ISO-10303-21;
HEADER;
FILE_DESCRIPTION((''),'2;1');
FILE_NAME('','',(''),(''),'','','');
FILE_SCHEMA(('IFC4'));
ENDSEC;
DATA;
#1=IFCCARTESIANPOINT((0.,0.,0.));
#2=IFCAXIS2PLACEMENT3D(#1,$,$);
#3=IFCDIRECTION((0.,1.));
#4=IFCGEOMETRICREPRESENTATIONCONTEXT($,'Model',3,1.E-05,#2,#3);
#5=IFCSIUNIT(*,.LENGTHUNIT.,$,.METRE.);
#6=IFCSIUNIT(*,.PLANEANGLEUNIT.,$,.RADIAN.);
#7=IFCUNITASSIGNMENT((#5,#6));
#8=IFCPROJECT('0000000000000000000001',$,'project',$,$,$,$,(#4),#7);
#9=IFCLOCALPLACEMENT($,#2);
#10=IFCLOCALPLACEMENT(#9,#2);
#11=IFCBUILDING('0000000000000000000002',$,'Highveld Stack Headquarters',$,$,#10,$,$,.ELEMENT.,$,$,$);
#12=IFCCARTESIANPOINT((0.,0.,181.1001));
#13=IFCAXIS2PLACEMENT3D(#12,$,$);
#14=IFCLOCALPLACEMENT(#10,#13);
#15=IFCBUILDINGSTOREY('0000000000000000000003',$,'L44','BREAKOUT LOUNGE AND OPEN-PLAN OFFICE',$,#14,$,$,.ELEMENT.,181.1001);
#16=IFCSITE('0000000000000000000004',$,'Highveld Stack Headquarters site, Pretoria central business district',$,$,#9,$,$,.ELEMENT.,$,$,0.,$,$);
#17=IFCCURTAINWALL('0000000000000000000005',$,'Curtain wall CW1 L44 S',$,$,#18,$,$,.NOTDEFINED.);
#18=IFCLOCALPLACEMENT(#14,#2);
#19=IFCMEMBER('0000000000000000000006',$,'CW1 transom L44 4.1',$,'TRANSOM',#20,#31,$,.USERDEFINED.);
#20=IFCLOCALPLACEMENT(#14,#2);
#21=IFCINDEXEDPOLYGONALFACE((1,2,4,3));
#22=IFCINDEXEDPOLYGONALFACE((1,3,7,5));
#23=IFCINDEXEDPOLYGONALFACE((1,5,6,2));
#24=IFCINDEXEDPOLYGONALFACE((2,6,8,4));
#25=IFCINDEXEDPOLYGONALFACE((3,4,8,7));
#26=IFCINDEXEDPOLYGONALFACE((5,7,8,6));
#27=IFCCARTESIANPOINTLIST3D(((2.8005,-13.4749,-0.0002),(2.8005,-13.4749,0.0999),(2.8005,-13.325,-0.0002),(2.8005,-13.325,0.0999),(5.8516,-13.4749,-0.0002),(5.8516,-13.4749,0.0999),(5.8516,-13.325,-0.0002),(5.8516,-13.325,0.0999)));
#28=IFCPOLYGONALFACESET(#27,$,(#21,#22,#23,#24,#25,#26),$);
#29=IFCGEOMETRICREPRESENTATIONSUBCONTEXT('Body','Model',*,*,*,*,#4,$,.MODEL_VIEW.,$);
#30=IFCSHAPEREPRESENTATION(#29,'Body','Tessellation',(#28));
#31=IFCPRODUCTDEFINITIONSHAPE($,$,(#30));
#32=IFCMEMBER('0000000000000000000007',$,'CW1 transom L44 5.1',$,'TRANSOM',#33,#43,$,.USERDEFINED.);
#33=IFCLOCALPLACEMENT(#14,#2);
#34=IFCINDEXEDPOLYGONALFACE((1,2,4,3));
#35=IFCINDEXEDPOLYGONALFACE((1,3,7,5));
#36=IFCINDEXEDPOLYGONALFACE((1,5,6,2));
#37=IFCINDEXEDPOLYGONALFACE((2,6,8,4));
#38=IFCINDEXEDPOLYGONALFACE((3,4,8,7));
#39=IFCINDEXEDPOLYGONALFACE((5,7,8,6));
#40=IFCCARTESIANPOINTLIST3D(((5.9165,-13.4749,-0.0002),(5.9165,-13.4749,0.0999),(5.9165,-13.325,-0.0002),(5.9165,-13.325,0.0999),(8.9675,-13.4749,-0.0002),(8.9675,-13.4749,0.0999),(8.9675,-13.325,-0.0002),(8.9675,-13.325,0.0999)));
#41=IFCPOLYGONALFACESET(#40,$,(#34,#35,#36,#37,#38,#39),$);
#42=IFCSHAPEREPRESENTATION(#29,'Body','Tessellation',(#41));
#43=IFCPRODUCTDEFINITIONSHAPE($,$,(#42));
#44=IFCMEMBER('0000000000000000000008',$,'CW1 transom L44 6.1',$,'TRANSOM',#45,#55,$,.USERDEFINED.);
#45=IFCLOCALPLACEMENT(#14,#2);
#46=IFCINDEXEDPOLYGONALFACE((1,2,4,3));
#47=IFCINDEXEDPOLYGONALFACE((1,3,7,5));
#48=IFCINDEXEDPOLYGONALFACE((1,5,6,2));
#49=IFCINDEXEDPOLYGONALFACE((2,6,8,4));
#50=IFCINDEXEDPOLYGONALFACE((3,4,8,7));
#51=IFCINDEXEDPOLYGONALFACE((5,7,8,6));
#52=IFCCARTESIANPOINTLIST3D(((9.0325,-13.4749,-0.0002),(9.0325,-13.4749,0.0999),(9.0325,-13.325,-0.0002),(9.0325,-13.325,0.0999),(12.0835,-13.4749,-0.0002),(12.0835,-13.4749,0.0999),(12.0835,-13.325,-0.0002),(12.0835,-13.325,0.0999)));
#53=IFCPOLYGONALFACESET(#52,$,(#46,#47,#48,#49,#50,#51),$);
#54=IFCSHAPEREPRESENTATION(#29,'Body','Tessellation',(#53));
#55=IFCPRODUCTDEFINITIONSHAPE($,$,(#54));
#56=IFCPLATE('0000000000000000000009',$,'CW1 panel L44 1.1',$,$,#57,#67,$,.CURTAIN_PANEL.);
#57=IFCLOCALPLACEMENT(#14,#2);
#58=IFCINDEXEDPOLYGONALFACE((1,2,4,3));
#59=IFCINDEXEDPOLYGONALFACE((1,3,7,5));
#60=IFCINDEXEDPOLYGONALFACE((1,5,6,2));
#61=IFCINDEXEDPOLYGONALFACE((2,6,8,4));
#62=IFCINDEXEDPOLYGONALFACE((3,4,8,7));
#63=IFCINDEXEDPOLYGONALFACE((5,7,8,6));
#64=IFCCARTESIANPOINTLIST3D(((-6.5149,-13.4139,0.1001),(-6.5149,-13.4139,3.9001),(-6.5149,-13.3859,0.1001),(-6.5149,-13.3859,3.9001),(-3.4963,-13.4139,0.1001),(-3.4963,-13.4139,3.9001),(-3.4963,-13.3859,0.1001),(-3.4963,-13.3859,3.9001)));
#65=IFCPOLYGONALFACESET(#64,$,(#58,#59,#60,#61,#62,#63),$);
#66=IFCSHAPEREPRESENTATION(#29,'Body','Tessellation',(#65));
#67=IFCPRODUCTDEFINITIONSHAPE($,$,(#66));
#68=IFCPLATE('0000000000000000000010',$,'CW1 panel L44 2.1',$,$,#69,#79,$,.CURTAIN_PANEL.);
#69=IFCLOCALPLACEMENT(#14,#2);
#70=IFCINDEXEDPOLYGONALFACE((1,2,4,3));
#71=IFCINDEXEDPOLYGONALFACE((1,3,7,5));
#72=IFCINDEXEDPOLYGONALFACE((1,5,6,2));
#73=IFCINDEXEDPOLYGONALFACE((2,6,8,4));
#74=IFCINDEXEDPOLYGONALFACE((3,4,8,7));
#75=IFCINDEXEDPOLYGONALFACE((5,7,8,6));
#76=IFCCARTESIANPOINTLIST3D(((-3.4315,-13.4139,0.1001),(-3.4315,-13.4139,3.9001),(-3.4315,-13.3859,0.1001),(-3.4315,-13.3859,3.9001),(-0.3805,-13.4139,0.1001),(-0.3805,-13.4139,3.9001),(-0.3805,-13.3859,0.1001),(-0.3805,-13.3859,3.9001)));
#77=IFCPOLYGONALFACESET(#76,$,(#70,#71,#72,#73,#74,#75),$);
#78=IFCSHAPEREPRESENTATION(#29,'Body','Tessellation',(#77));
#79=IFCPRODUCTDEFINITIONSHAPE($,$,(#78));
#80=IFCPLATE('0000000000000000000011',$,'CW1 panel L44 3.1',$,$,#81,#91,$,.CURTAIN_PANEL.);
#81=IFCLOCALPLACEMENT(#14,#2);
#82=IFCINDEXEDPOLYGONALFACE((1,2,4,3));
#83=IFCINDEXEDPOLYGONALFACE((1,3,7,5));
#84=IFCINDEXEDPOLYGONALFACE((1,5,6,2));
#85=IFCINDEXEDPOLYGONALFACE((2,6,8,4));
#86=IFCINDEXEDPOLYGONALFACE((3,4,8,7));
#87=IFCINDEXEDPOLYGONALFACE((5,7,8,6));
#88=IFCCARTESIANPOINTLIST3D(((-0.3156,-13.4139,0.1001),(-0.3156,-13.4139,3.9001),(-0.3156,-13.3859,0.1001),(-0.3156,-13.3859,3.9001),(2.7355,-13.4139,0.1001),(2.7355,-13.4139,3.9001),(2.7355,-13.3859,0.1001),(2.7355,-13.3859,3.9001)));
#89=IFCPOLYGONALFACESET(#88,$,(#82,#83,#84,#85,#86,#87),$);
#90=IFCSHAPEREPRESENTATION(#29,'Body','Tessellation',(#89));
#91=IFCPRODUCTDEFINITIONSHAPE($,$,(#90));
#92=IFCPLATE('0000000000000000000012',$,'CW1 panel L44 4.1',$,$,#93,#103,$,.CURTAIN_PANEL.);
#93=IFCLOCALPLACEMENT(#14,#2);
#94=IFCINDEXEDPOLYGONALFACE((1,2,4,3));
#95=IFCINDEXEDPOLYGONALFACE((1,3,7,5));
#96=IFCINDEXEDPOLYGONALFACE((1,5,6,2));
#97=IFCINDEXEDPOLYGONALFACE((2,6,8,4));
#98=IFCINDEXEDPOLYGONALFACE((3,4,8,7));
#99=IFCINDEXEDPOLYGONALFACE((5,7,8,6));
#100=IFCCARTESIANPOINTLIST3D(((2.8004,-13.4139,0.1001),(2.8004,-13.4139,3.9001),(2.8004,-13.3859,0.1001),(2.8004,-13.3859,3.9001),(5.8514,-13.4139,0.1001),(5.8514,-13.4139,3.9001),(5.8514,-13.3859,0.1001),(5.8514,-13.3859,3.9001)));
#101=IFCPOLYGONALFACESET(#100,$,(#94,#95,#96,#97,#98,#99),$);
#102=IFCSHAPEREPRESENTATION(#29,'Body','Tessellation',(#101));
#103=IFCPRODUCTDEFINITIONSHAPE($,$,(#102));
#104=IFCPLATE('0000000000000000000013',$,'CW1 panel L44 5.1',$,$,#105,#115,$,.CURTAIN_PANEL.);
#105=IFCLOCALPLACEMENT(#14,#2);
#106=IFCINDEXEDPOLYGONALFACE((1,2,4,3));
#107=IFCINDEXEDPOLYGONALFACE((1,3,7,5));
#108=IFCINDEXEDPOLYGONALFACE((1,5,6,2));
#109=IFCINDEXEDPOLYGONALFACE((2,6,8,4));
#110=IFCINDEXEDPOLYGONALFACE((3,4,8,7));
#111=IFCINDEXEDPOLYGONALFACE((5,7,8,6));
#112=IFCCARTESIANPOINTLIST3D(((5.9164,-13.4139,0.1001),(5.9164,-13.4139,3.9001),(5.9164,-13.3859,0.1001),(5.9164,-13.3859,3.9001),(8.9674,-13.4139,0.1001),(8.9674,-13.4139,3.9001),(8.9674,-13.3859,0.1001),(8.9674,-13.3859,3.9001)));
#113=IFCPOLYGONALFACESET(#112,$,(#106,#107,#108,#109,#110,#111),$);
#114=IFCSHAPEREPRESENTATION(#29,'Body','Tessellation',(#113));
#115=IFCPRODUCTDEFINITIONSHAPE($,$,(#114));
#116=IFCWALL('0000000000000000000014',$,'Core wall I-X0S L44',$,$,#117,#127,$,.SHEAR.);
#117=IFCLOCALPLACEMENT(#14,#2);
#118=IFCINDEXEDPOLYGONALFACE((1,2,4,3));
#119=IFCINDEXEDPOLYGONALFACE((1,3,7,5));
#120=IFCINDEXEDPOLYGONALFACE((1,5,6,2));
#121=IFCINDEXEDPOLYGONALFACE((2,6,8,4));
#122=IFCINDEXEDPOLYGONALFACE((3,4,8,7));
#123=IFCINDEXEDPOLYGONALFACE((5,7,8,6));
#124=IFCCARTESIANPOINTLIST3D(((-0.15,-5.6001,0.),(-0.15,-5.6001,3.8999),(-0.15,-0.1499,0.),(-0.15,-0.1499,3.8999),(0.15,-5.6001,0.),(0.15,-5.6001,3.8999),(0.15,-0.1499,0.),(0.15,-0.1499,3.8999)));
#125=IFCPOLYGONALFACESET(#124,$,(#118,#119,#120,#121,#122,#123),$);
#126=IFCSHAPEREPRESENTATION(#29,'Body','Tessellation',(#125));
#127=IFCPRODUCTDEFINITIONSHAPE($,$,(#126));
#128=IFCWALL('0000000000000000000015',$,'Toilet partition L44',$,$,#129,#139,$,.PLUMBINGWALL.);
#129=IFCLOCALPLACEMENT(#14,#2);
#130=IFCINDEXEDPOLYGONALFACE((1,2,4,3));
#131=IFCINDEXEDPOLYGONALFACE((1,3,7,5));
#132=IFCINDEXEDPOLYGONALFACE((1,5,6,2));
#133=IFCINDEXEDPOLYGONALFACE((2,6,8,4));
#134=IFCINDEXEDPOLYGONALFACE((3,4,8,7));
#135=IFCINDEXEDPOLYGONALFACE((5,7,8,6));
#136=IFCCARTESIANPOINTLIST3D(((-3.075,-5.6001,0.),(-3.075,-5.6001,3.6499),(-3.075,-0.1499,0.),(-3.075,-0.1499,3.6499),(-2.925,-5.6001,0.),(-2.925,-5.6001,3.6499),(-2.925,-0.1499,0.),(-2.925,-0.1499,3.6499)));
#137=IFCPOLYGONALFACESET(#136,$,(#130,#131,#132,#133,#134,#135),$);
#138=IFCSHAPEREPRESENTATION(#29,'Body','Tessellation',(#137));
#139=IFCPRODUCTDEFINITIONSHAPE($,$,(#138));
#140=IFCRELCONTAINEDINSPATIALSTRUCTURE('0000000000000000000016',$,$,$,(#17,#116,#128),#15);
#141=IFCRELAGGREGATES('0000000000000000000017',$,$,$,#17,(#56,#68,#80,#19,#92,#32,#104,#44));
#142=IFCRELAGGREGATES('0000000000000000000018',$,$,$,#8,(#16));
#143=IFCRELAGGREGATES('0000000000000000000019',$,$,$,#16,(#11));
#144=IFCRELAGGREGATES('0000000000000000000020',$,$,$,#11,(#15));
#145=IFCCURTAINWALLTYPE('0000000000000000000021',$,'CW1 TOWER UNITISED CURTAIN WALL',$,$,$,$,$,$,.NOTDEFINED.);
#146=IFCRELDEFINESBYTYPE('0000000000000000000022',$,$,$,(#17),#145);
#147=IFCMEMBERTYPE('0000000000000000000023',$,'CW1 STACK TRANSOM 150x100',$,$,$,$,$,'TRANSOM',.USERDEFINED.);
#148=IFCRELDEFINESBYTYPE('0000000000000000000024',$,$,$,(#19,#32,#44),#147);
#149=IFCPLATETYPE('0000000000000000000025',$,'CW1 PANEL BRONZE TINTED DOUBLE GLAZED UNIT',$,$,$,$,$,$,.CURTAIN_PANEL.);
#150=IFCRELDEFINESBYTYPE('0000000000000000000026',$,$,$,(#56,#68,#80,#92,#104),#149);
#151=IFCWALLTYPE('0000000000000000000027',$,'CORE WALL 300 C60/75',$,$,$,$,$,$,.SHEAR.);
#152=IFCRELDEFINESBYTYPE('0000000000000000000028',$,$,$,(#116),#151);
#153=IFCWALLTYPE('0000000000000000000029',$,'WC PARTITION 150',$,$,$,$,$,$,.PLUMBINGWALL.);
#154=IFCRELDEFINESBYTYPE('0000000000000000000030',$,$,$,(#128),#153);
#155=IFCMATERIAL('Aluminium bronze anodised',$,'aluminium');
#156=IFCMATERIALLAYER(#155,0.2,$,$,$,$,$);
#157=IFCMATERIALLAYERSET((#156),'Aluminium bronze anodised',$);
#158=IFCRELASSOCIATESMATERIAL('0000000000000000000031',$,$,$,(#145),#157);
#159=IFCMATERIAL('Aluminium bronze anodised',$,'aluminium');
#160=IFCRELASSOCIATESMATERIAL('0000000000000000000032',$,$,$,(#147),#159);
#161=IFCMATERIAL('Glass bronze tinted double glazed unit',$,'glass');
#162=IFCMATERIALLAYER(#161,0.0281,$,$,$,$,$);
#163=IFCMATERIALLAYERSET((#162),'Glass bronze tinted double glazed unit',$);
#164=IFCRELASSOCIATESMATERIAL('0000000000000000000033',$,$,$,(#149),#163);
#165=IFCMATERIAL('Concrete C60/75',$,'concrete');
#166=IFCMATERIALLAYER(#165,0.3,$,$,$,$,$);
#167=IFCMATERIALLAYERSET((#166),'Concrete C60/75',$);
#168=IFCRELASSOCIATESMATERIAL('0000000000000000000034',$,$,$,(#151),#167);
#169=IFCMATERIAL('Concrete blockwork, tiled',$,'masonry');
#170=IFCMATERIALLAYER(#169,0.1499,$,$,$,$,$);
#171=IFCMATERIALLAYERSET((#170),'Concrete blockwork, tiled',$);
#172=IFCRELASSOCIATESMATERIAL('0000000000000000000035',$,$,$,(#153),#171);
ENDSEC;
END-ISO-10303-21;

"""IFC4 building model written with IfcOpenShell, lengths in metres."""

from ifc_helpers import new_model, si_unit, direction, frame, frame_2d, origin, origin_2d, place, context, subcontext, project, spatial, rectangle, extrude, material, layer, layer_set, material_profile, profile_set, type_object, element, aggregate, save


model = new_model("IFC4")

# Units and contexts
model_context = context("Model", 3, precision=1e-05, world=origin(), true_north=direction((0.0, 1.0)))
body_context = subcontext(model_context, "Body", "Model", "MODEL_VIEW")
ifc_project = project(units=[si_unit("LENGTHUNIT", "METRE"), si_unit("PLANEANGLEUNIT", "RADIAN")], contexts=[model_context])

# Site, building, storey
site_placement = place(None, origin())
site = spatial("IfcSite", under=ifc_project, at=site_placement, Name="Highveld Stack Headquarters site, Pretoria central business district", CompositionType="ELEMENT", RefElevation=0.0)
building_placement = place(site_placement, origin())
building = spatial("IfcBuilding", under=site, at=building_placement, Name="Highveld Stack Headquarters", CompositionType="ELEMENT")
storey_placement = place(building_placement, frame((0.0, 0.0, 181.1001)))
storey = spatial("IfcBuildingStorey", under=building, at=storey_placement, Name="L44", Description="BREAKOUT LOUNGE AND OPEN-PLAN OFFICE", CompositionType="ELEMENT", Elevation=181.1001)

# Curtain wall, members, plates
ifc_material_1 = material(Name="Aluminium bronze anodised", Category="aluminium")
ifc_layer_1 = layer(ifc_material_1, 0.2)
ifc_layer_set_1 = layer_set([ifc_layer_1], Name="Aluminium bronze anodised")
curtain_wall_type = type_object("IfcCurtainWallType", Name="CW1 TOWER UNITISED CURTAIN WALL", PredefinedType="NOTDEFINED", material=ifc_layer_set_1)
curtain_wall_placement = place(storey_placement, origin())
curtain_wall = element("IfcCurtainWall", 1, at=curtain_wall_placement, inside=storey, type_object=curtain_wall_type, Name="Curtain wall CW1 L44 S", PredefinedType="NOTDEFINED")
ifc_material_2 = material(Name="Aluminium bronze anodised", Category="aluminium")
ifc_material_profile_1 = material_profile(ifc_material_2, rectangle(XDim=0.1499, YDim=0.1001, at=origin_2d()), Name="CW1 TRANSOM 150x100")
ifc_profile_set_1 = profile_set([ifc_material_profile_1], Name="Aluminium bronze anodised")
member_type_1 = type_object("IfcMemberType", Name="CW1 STACK TRANSOM 150x100", ElementType="TRANSOM", PredefinedType="USERDEFINED", material=ifc_profile_set_1)
member_1_placement = place(storey_placement, frame((2.8005, -13.3999, 0.0498), z_axis=(1.0, 0.0, 0.0), x_axis=(0.0, 1.0, 0.0)))
member_1 = element("IfcMember", 2, at=member_1_placement, type_object=member_type_1, Name="CW1 transom L44 4.1", ObjectType="TRANSOM", PredefinedType="USERDEFINED", context=body_context, shape_type="SweptSolid", body=[
    extrude(rectangle(XDim=0.1499, YDim=0.1001, at=origin_2d()), origin(), (0.0, 0.0, 1.0), 3.051),
])
member_2_placement = place(storey_placement, frame((5.9165, -13.3999, 0.0498), z_axis=(1.0, 0.0, 0.0), x_axis=(0.0, 1.0, 0.0)))
member_2 = element("IfcMember", 3, at=member_2_placement, type_object=member_type_1, Name="CW1 transom L44 5.1", ObjectType="TRANSOM", PredefinedType="USERDEFINED", context=body_context, shape_type="SweptSolid", body=[
    extrude(rectangle(XDim=0.1499, YDim=0.1001, at=origin_2d()), origin(), (0.0, 0.0, 1.0), 3.051),
])
member_3_placement = place(storey_placement, frame((9.0325, -13.3999, 0.0498), z_axis=(1.0, 0.0, 0.0), x_axis=(0.0, 1.0, 0.0)))
member_3 = element("IfcMember", 4, at=member_3_placement, type_object=member_type_1, Name="CW1 transom L44 6.1", ObjectType="TRANSOM", PredefinedType="USERDEFINED", context=body_context, shape_type="SweptSolid", body=[
    extrude(rectangle(XDim=0.1499, YDim=0.1001, at=origin_2d()), origin(), (0.0, 0.0, 1.0), 3.051),
])
ifc_material_3 = material(Name="Glass bronze tinted double glazed unit", Category="glass")
ifc_layer_2 = layer(ifc_material_3, 0.0281)
ifc_layer_set_2 = layer_set([ifc_layer_2], Name="Glass bronze tinted double glazed unit")
plate_type = type_object("IfcPlateType", Name="CW1 PANEL BRONZE TINTED DOUBLE GLAZED UNIT", PredefinedType="CURTAIN_PANEL", material=ifc_layer_set_2)
plate_1_placement = place(storey_placement, frame((-5.0056, -13.3999, 0.1001), z_axis=(0.0, 0.0, 1.0), x_axis=(1.0, 0.0, 0.0)))
plate_1 = element("IfcPlate", 5, at=plate_1_placement, type_object=plate_type, Name="CW1 panel L44 1.1", PredefinedType="CURTAIN_PANEL", context=body_context, shape_type="SweptSolid", body=[
    extrude(rectangle(XDim=3.0186, YDim=0.0281, at=origin_2d()), origin(), (0.0, 0.0, 1.0), 3.8),
])
plate_2_placement = place(storey_placement, frame((-1.906, -13.3999, 0.1001), z_axis=(0.0, 0.0, 1.0), x_axis=(1.0, 0.0, 0.0)))
plate_2 = element("IfcPlate", 6, at=plate_2_placement, type_object=plate_type, Name="CW1 panel L44 2.1", PredefinedType="CURTAIN_PANEL", context=body_context, shape_type="SweptSolid", body=[
    extrude(rectangle(XDim=3.051, YDim=0.0281, at=origin_2d()), origin(), (0.0, 0.0, 1.0), 3.8),
])
plate_3_placement = place(storey_placement, frame((1.21, -13.3999, 0.1001), z_axis=(0.0, 0.0, 1.0), x_axis=(1.0, 0.0, 0.0)))
plate_3 = element("IfcPlate", 7, at=plate_3_placement, type_object=plate_type, Name="CW1 panel L44 3.1", PredefinedType="CURTAIN_PANEL", context=body_context, shape_type="SweptSolid", body=[
    extrude(rectangle(XDim=3.051, YDim=0.0281, at=origin_2d()), origin(), (0.0, 0.0, 1.0), 3.8),
])
plate_4_placement = place(storey_placement, frame((4.3259, -13.3999, 0.1001), z_axis=(0.0, 0.0, 1.0), x_axis=(1.0, 0.0, 0.0)))
plate_4 = element("IfcPlate", 8, at=plate_4_placement, type_object=plate_type, Name="CW1 panel L44 4.1", PredefinedType="CURTAIN_PANEL", context=body_context, shape_type="SweptSolid", body=[
    extrude(rectangle(XDim=3.051, YDim=0.0281, at=origin_2d()), origin(), (0.0, 0.0, 1.0), 3.8),
])
plate_5_placement = place(storey_placement, frame((7.4419, -13.3999, 0.1001), z_axis=(0.0, 0.0, 1.0), x_axis=(1.0, 0.0, 0.0)))
plate_5 = element("IfcPlate", 9, at=plate_5_placement, type_object=plate_type, Name="CW1 panel L44 5.1", PredefinedType="CURTAIN_PANEL", context=body_context, shape_type="SweptSolid", body=[
    extrude(rectangle(XDim=3.051, YDim=0.0281, at=origin_2d()), origin(), (0.0, 0.0, 1.0), 3.8),
])
aggregate(curtain_wall, [plate_1, plate_2, plate_3, member_1, plate_4, member_2, plate_5, member_3])

# Walls
ifc_material_4 = material(Name="Concrete C60/75", Category="concrete")
ifc_layer_3 = layer(ifc_material_4, 0.3)
ifc_layer_set_3 = layer_set([ifc_layer_3], Name="Concrete C60/75")
wall_type_1 = type_object("IfcWallType", Name="CORE WALL 300 C60/75", PredefinedType="SHEAR", material=ifc_layer_set_3)
wall_1_placement = place(storey_placement, frame((0.0, -5.6001, 0.0), z_axis=(0.0, 0.0, 1.0), x_axis=(0.0, 1.0, 0.0)))
element("IfcWall", 10, at=wall_1_placement, inside=storey, type_object=wall_type_1, Name="Core wall I-X0S L44", PredefinedType="SHEAR", context=body_context, shape_type="SweptSolid", body=[
    extrude(rectangle(XDim=5.4502, YDim=0.3, at=frame_2d((2.7251, 0.0))), origin(), (0.0, 0.0, 1.0), 3.8999),
])
ifc_material_5 = material(Name="Concrete blockwork, tiled", Category="masonry")
ifc_layer_4 = layer(ifc_material_5, 0.1499)
ifc_layer_set_4 = layer_set([ifc_layer_4], Name="Concrete blockwork, tiled")
wall_type_2 = type_object("IfcWallType", Name="WC PARTITION 150", PredefinedType="PLUMBINGWALL", material=ifc_layer_set_4)
wall_2_placement = place(storey_placement, frame((-3.0, -5.6001, 0.0), z_axis=(0.0, 0.0, 1.0), x_axis=(0.0, 1.0, 0.0)))
element("IfcWall", 11, at=wall_2_placement, inside=storey, type_object=wall_type_2, Name="Toilet partition L44", PredefinedType="PLUMBINGWALL", context=body_context, shape_type="SweptSolid", body=[
    extrude(rectangle(XDim=5.4502, YDim=0.1499, at=frame_2d((2.7251, 0.0))), origin(), (0.0, 0.0, 1.0), 3.6499),
])

save(model, "model.ifc")
